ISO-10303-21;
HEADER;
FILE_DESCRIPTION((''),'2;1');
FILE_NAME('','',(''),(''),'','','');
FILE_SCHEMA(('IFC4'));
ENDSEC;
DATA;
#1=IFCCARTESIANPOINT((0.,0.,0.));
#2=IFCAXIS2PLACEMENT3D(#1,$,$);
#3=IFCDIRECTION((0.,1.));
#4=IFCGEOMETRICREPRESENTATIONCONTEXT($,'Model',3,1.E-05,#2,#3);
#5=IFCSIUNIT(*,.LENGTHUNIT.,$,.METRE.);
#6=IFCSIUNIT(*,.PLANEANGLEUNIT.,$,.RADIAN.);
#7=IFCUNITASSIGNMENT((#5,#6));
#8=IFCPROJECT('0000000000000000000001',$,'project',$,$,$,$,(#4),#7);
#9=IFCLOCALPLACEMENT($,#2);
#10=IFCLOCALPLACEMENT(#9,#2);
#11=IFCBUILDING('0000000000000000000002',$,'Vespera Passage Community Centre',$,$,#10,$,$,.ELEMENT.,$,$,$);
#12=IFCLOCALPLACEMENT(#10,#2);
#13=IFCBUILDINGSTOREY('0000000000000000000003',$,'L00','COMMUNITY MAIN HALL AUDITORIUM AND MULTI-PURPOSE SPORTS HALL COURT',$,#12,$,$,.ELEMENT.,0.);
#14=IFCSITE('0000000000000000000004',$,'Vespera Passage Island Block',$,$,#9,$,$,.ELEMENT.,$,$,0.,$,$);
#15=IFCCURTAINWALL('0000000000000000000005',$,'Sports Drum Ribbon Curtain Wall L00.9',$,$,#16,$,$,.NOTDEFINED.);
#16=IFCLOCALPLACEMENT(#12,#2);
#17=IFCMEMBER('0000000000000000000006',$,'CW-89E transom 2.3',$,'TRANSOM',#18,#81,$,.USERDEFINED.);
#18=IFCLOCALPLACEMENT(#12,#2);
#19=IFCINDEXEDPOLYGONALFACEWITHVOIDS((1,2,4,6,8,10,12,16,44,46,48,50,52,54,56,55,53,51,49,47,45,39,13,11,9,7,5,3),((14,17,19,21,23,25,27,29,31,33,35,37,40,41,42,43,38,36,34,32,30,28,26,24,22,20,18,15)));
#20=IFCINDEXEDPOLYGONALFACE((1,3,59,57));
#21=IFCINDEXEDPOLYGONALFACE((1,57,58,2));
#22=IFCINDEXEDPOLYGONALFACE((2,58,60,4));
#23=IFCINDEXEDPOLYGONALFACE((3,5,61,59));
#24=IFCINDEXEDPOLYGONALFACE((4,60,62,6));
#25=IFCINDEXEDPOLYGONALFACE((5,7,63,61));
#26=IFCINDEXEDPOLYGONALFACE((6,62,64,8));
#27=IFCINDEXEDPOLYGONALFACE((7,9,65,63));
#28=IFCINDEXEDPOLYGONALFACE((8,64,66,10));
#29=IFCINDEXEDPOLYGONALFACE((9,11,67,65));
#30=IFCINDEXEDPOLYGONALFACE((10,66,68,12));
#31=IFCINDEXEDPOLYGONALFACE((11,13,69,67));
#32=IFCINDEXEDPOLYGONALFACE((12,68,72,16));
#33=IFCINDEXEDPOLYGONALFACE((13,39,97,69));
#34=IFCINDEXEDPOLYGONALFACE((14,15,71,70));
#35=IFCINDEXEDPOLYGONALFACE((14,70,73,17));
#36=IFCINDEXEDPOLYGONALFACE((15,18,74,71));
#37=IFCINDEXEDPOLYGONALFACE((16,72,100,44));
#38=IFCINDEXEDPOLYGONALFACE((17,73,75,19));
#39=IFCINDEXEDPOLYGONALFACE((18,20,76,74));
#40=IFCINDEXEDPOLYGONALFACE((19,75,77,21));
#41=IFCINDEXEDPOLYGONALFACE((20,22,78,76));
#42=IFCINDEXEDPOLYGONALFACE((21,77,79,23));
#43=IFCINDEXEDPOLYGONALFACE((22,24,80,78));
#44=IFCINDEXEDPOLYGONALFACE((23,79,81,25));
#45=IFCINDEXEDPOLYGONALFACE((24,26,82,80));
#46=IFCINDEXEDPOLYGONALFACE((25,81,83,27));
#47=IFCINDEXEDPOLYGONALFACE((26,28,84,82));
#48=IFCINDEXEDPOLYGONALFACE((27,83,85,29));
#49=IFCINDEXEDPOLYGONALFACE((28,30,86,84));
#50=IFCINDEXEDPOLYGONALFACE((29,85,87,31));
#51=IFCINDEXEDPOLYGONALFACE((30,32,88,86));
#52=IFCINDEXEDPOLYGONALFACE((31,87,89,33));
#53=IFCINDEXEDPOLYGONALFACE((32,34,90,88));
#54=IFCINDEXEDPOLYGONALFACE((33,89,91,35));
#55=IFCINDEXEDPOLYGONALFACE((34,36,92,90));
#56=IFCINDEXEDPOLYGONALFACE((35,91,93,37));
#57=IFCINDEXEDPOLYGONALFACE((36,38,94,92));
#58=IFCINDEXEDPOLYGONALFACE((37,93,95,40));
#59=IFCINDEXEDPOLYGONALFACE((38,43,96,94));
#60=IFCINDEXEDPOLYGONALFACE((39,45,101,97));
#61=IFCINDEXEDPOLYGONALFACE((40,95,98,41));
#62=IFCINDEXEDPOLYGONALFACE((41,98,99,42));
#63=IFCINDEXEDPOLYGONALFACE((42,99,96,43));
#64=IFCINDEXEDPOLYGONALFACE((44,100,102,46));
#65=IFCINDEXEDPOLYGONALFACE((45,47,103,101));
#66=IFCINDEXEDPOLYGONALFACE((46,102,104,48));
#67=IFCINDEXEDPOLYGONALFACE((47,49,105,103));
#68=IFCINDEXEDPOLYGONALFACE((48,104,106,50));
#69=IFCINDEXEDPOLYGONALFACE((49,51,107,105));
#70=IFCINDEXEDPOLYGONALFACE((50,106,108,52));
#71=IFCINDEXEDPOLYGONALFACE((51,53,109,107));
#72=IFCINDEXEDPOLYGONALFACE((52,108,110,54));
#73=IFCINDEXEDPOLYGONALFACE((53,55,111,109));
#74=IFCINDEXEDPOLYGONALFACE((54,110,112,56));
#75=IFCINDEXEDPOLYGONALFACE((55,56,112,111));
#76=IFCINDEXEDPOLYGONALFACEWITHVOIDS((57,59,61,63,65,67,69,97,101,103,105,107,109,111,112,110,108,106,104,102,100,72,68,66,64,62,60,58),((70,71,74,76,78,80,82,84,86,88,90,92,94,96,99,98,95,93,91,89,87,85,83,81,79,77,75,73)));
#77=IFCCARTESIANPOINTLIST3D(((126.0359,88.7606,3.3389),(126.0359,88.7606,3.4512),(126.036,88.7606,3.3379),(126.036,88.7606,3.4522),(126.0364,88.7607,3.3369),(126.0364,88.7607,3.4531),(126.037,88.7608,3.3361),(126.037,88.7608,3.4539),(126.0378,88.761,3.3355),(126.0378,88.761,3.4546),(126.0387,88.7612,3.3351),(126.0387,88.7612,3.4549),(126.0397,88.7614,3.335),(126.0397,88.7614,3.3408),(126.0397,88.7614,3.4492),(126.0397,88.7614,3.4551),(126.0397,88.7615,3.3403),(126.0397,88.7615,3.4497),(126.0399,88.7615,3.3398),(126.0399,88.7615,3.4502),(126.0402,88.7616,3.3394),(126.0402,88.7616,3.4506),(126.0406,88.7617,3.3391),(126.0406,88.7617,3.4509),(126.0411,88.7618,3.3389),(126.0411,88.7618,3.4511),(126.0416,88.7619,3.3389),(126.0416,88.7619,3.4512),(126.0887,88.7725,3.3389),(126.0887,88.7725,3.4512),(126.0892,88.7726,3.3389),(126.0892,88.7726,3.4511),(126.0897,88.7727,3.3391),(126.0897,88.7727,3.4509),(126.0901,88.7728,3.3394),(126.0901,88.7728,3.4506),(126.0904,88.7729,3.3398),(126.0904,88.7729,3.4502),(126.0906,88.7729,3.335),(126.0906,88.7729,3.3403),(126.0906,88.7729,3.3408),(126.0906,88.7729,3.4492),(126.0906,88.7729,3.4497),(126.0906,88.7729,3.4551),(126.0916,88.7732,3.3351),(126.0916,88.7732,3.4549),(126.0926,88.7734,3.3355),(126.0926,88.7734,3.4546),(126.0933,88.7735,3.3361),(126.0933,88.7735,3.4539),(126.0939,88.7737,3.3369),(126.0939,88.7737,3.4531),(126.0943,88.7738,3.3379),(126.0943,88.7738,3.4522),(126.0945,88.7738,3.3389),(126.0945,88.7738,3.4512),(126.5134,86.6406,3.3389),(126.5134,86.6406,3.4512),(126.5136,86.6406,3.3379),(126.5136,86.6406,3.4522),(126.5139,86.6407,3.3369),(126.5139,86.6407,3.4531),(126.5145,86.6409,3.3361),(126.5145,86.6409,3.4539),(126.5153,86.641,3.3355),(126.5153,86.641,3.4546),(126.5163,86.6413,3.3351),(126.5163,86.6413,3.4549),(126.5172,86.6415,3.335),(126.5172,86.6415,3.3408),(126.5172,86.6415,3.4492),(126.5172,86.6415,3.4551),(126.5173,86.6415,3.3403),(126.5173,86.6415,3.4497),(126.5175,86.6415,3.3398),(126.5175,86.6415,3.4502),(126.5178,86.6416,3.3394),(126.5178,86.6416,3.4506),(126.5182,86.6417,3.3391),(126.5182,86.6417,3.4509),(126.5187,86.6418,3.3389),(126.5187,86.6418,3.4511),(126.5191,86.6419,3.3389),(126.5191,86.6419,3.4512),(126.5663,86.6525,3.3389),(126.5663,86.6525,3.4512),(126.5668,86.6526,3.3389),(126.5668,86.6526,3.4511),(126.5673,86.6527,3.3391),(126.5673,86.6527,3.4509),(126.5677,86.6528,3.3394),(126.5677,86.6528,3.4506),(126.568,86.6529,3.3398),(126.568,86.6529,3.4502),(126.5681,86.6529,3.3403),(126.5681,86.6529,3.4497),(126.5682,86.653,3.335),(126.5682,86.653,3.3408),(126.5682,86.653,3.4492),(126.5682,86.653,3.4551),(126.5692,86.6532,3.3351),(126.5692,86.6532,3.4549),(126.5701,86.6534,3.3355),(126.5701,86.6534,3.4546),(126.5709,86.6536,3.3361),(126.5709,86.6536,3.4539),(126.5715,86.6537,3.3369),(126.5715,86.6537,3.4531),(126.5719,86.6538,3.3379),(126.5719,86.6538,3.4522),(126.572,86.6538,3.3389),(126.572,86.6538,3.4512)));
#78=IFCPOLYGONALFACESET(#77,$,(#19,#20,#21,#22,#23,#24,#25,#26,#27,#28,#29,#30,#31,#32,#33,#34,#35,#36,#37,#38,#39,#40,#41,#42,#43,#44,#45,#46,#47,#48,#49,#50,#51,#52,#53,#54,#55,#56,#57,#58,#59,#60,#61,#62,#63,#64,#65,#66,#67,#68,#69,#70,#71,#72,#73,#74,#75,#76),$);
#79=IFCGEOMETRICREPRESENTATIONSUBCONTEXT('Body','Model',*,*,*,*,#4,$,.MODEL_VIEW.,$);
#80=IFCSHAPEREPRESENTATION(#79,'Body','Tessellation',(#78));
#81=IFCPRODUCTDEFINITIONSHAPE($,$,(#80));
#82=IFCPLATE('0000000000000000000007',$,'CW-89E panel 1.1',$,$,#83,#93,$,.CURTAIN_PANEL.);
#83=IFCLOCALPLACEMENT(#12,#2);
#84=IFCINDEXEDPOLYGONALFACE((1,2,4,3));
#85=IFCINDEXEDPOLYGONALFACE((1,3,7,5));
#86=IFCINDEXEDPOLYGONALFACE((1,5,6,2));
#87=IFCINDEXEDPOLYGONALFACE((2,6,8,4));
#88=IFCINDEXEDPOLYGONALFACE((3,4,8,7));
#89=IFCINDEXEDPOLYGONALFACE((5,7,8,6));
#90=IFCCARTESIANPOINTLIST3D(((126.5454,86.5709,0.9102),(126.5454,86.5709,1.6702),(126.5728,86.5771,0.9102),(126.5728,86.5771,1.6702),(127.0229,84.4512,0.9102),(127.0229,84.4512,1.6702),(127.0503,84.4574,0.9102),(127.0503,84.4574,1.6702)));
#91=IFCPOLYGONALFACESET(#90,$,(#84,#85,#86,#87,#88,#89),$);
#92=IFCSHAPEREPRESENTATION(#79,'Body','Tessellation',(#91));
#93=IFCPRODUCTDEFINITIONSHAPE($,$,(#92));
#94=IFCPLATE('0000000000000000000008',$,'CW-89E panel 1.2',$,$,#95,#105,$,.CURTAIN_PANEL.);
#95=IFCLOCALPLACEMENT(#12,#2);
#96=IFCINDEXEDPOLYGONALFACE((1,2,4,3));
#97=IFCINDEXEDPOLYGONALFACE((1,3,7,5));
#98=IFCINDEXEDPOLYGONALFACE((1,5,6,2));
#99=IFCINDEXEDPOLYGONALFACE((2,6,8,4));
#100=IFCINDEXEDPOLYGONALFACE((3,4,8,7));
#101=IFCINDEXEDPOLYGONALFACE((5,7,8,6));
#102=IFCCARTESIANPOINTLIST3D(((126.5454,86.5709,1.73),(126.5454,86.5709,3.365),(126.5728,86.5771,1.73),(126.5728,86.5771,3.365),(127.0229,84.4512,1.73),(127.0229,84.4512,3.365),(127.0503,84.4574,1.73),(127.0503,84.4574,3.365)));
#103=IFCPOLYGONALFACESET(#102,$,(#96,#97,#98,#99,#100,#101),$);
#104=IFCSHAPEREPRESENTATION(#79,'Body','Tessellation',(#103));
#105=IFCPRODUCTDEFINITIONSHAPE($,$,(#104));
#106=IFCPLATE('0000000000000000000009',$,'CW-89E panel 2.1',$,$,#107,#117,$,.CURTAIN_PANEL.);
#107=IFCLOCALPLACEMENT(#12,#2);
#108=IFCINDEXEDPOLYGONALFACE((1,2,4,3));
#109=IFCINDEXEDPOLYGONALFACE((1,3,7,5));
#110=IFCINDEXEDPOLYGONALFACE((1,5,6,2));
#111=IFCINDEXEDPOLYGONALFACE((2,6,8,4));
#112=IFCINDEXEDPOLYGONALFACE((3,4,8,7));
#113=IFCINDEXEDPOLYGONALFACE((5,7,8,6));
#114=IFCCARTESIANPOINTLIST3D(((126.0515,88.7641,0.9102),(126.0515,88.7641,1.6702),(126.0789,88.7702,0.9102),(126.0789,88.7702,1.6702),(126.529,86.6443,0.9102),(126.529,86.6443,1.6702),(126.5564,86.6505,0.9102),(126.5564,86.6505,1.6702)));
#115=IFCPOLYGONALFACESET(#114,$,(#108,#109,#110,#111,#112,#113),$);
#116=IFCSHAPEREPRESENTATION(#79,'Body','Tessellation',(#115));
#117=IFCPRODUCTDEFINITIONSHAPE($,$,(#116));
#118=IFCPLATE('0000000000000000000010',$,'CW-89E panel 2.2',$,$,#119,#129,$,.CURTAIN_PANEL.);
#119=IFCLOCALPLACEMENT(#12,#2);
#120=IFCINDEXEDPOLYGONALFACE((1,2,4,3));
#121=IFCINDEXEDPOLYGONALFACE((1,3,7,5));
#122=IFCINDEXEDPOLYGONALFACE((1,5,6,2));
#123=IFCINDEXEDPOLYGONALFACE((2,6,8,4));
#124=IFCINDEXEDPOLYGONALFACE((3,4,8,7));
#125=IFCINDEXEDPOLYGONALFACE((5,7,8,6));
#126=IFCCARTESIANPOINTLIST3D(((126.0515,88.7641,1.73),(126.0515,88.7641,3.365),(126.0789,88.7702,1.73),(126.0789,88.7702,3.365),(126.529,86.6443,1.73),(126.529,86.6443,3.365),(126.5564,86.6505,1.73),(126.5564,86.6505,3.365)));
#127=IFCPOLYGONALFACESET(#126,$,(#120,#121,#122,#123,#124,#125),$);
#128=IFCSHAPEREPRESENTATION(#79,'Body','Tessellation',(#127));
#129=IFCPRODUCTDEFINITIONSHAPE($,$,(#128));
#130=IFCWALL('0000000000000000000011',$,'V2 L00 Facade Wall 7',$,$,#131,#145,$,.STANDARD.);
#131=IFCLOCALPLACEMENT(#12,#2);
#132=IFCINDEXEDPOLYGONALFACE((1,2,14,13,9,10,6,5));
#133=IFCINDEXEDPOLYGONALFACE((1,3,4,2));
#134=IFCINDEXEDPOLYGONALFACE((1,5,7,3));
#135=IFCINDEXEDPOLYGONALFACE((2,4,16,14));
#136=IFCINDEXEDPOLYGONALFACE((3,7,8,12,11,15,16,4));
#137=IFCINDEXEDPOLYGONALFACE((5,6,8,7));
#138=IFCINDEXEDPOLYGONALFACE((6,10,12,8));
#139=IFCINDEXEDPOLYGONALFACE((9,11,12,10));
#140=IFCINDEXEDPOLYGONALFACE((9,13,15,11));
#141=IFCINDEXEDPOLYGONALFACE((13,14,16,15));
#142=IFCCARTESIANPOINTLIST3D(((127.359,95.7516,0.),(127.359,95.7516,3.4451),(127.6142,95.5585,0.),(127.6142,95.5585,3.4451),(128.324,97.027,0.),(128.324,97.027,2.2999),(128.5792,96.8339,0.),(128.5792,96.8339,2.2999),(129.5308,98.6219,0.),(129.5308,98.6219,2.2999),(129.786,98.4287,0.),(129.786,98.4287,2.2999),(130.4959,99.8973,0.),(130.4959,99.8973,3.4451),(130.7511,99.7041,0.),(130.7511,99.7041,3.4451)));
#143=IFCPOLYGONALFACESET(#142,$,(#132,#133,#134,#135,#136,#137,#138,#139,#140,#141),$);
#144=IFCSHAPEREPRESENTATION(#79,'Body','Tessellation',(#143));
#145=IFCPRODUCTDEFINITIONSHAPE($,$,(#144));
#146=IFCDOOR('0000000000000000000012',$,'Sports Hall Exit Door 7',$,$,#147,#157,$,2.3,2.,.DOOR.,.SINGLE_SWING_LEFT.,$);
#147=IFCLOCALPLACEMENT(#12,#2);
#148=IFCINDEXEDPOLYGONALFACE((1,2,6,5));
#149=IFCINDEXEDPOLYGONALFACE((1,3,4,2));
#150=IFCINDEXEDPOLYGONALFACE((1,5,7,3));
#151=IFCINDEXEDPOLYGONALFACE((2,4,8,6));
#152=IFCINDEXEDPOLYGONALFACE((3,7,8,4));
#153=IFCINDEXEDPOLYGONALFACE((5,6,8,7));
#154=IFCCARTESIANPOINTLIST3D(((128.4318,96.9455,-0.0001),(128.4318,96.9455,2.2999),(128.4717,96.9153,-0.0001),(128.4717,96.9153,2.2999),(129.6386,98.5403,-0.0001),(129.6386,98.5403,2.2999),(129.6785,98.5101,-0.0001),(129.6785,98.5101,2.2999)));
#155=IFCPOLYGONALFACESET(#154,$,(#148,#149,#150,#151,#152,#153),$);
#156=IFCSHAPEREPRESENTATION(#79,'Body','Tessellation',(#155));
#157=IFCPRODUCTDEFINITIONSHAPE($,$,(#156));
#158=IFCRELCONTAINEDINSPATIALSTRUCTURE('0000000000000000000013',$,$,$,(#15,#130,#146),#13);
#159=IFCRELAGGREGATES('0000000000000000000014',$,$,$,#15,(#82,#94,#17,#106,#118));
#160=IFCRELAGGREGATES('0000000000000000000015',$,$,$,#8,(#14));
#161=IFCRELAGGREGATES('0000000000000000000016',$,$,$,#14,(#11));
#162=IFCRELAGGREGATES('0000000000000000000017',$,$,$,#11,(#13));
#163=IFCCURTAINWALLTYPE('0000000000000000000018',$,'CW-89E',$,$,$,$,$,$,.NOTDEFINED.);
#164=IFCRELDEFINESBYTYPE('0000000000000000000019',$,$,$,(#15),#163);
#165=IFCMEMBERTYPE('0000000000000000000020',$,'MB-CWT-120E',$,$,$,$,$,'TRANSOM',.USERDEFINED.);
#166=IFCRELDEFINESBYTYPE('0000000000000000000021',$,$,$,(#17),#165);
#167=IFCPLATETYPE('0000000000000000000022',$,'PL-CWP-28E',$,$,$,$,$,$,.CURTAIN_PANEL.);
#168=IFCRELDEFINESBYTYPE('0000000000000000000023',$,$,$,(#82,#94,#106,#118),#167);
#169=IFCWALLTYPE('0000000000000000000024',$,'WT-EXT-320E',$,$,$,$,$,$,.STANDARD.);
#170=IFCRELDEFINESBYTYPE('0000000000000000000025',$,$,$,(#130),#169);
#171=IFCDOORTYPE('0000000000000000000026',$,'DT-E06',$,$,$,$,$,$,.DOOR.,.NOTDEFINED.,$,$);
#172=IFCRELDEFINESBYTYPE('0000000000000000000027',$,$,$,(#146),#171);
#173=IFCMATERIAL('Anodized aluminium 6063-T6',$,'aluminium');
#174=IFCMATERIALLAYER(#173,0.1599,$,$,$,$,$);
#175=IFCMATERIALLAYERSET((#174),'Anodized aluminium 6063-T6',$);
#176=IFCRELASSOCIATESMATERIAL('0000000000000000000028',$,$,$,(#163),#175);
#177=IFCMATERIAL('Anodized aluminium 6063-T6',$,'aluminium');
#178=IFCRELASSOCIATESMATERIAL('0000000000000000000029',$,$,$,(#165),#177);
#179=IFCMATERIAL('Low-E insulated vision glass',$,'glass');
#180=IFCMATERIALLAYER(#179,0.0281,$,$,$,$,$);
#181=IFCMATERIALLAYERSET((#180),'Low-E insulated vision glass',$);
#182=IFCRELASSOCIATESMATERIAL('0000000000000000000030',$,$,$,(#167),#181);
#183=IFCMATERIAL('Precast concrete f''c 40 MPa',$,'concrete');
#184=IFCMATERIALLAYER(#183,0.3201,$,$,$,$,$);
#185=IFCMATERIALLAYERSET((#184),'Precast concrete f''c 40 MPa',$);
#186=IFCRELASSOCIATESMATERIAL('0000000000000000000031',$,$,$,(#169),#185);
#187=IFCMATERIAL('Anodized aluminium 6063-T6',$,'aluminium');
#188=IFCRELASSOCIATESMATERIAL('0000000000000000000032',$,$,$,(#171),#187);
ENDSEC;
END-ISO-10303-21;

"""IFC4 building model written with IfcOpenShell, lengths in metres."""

from ifc_helpers import new_model, si_unit, direction, frame, frame_2d, origin, origin_2d, place, context, subcontext, project, spatial, rectangle, hollow_rectangle, extrude, material, layer, layer_set, material_profile, profile_set, type_object, element, fill, aggregate, save


model = new_model("IFC4")

# Units and contexts
model_context = context("Model", 3, precision=1e-05, world=origin(), true_north=direction((0.0, 1.0)))
body_context = subcontext(model_context, "Body", "Model", "MODEL_VIEW")
ifc_project = project(units=[si_unit("LENGTHUNIT", "METRE"), si_unit("PLANEANGLEUNIT", "RADIAN")], contexts=[model_context])

# Site, building, storey
site_placement = place(None, origin())
site = spatial("IfcSite", under=ifc_project, at=site_placement, Name="Vespera Passage Island Block", CompositionType="ELEMENT", RefElevation=0.0)
building_placement = place(site_placement, origin())
building = spatial("IfcBuilding", under=site, at=building_placement, Name="Vespera Passage Community Centre", CompositionType="ELEMENT")
storey_placement = place(building_placement, origin())
storey = spatial("IfcBuildingStorey", under=building, at=storey_placement, Name="L00", Description="COMMUNITY MAIN HALL AUDITORIUM AND MULTI-PURPOSE SPORTS HALL COURT", CompositionType="ELEMENT", Elevation=0.0)

# Curtain wall, member, plates
ifc_material_1 = material(Name="Anodized aluminium 6063-T6", Category="aluminium")
ifc_layer_1 = layer(ifc_material_1, 0.1599)
ifc_layer_set_1 = layer_set([ifc_layer_1], Name="Anodized aluminium 6063-T6")
curtain_wall_type = type_object("IfcCurtainWallType", Name="CW-89E", PredefinedType="NOTDEFINED", material=ifc_layer_set_1)
curtain_wall_placement = place(storey_placement, origin())
curtain_wall = element("IfcCurtainWall", 1, at=curtain_wall_placement, inside=storey, type_object=curtain_wall_type, Name="Sports Drum Ribbon Curtain Wall L00.9", PredefinedType="NOTDEFINED")
ifc_material_2 = material(Name="Anodized aluminium 6063-T6", Category="aluminium")
ifc_material_profile_1 = material_profile(ifc_material_2, hollow_rectangle(XDim=0.0601, YDim=0.1201, WallThickness=0.0039, InnerFilletRadius=0.002, OuterFilletRadius=0.0039, at=origin_2d()), Name="ALU120X60X4")
ifc_profile_set_1 = profile_set([ifc_material_profile_1], Name="Anodized aluminium 6063-T6")
member_type_1 = type_object("IfcMemberType", Name="MB-CWT-120E", ElementType="TRANSOM", PredefinedType="USERDEFINED", material=ifc_profile_set_1)
member_1_placement = place(storey_placement, frame((126.5427, 86.6472, 3.395), z_axis=(-0.219761, 0.975554, 0.0), x_axis=(-0.975554, -0.219761, 0.0)))
member_1 = element("IfcMember", 2, at=member_1_placement, type_object=member_type_1, Name="CW-89E transom 2.3", ObjectType="TRANSOM", PredefinedType="USERDEFINED", context=body_context, shape_type="SweptSolid", body=[
    extrude(hollow_rectangle(XDim=0.0601, YDim=0.1201, WallThickness=0.0039, InnerFilletRadius=0.002, OuterFilletRadius=0.0039, at=origin_2d()), origin(), (0.0, 0.0, 1.0), 2.1731),
])
ifc_material_3 = material(Name="Low-E insulated vision glass", Category="glass")
ifc_layer_2 = layer(ifc_material_3, 0.0281)
ifc_layer_set_2 = layer_set([ifc_layer_2], Name="Low-E insulated vision glass")
plate_type = type_object("IfcPlateType", Name="PL-CWP-28E", PredefinedType="CURTAIN_PANEL", material=ifc_layer_set_2)
plate_1_placement = place(storey_placement, frame((126.7979, 85.5142, 0.9102), z_axis=(0.0, 0.0, 1.0), x_axis=(-0.219763, 0.975553, 0.0)))
plate_1 = element("IfcPlate", 3, at=plate_1_placement, type_object=plate_type, Name="CW-89E panel 1.1", PredefinedType="CURTAIN_PANEL", context=body_context, shape_type="SweptSolid", body=[
    extrude(rectangle(XDim=2.1729, YDim=0.0281, at=origin_2d()), origin(), (0.0, 0.0, 1.0), 0.76),
])
plate_2_placement = place(storey_placement, frame((126.7979, 85.5142, 1.73), z_axis=(0.0, 0.0, 1.0), x_axis=(-0.219763, 0.975553, 0.0)))
plate_2 = element("IfcPlate", 4, at=plate_2_placement, type_object=plate_type, Name="CW-89E panel 1.2", PredefinedType="CURTAIN_PANEL", context=body_context, shape_type="SweptSolid", body=[
    extrude(rectangle(XDim=2.1729, YDim=0.0281, at=origin_2d()), origin(), (0.0, 0.0, 1.0), 1.635),
])
plate_3_placement = place(storey_placement, frame((126.304, 87.7073, 0.9102), z_axis=(0.0, 0.0, 1.0), x_axis=(-0.219763, 0.975553, 0.0)))
plate_3 = element("IfcPlate", 5, at=plate_3_placement, type_object=plate_type, Name="CW-89E panel 2.1", PredefinedType="CURTAIN_PANEL", context=body_context, shape_type="SweptSolid", body=[
    extrude(rectangle(XDim=2.1729, YDim=0.0281, at=origin_2d()), origin(), (0.0, 0.0, 1.0), 0.76),
])
plate_4_placement = place(storey_placement, frame((126.304, 87.7073, 1.73), z_axis=(0.0, 0.0, 1.0), x_axis=(-0.219763, 0.975553, 0.0)))
plate_4 = element("IfcPlate", 6, at=plate_4_placement, type_object=plate_type, Name="CW-89E panel 2.2", PredefinedType="CURTAIN_PANEL", context=body_context, shape_type="SweptSolid", body=[
    extrude(rectangle(XDim=2.1729, YDim=0.0281, at=origin_2d()), origin(), (0.0, 0.0, 1.0), 1.635),
])
aggregate(curtain_wall, [plate_1, plate_2, member_1, plate_3, plate_4])

# Wall, opening, door
ifc_material_4 = material(Name="Precast concrete f'c 40 MPa", Category="concrete")
ifc_layer_3 = layer(ifc_material_4, 0.3201)
ifc_layer_set_3 = layer_set([ifc_layer_3], Name="Precast concrete f'c 40 MPa")
wall_type = type_object("IfcWallType", Name="WT-EXT-320E", PredefinedType="STANDARD", material=ifc_layer_set_3)
wall_1_placement = place(storey_placement, frame((127.4866, 95.655, 0.0), z_axis=(0.0, 0.0, 1.0), x_axis=(0.603398, 0.79744, 0.0)))
wall_1 = element("IfcWall", 7, at=wall_1_placement, inside=storey, type_object=wall_type, Name="V2 L00 Facade Wall 7", PredefinedType="STANDARD", context=body_context, shape_type="SweptSolid", body=[
    extrude(rectangle(XDim=5.1987, YDim=0.3201, at=frame_2d((2.5994, 0.0))), origin(), (0.0, 0.0, 1.0), 3.4451),
])
opening_1_placement = place(wall_1_placement, frame((1.5994, 0.0, 0.0)))
opening_1 = element("IfcOpeningElement", 8, at=opening_1_placement, cuts=wall_1, PredefinedType="OPENING", context=body_context, shape_type="SweptSolid", body=[
    extrude(rectangle(XDim=2.0, YDim=2.3, at=frame_2d((1.0, 1.1499))), frame((0.0, 0.1702, 0.0), z_axis=(0.0, -1.0, 0.0), x_axis=(1.0, 0.0, 0.0)), (0.0, 0.0, 1.0), 0.3401),
])
ifc_material_5 = material(Name="Anodized aluminium 6063-T6", Category="aluminium")
door_type = type_object("IfcDoorType", Name="DT-E06", OperationType="NOTDEFINED", PredefinedType="DOOR", material=ifc_material_5)
door_placement = place(opening_1_placement, origin())
door = element("IfcDoor", 9, at=door_placement, inside=storey, type_object=door_type, Name="Sports Hall Exit Door 7", OperationType="SINGLE_SWING_LEFT", OverallHeight=2.3, OverallWidth=2.0, PredefinedType="DOOR", context=body_context, shape_type="SweptSolid", body=[
    extrude(rectangle(XDim=2.0, YDim=2.3, at=frame_2d((1.0, 1.1499))), frame((0.0, 0.0249, 0.0), z_axis=(0.0, -1.0, 0.0), x_axis=(1.0, 0.0, 0.0)), (0.0, 0.0, 1.0), 0.05),
])
fill(opening_1, door)

save(model, "model.ifc")
